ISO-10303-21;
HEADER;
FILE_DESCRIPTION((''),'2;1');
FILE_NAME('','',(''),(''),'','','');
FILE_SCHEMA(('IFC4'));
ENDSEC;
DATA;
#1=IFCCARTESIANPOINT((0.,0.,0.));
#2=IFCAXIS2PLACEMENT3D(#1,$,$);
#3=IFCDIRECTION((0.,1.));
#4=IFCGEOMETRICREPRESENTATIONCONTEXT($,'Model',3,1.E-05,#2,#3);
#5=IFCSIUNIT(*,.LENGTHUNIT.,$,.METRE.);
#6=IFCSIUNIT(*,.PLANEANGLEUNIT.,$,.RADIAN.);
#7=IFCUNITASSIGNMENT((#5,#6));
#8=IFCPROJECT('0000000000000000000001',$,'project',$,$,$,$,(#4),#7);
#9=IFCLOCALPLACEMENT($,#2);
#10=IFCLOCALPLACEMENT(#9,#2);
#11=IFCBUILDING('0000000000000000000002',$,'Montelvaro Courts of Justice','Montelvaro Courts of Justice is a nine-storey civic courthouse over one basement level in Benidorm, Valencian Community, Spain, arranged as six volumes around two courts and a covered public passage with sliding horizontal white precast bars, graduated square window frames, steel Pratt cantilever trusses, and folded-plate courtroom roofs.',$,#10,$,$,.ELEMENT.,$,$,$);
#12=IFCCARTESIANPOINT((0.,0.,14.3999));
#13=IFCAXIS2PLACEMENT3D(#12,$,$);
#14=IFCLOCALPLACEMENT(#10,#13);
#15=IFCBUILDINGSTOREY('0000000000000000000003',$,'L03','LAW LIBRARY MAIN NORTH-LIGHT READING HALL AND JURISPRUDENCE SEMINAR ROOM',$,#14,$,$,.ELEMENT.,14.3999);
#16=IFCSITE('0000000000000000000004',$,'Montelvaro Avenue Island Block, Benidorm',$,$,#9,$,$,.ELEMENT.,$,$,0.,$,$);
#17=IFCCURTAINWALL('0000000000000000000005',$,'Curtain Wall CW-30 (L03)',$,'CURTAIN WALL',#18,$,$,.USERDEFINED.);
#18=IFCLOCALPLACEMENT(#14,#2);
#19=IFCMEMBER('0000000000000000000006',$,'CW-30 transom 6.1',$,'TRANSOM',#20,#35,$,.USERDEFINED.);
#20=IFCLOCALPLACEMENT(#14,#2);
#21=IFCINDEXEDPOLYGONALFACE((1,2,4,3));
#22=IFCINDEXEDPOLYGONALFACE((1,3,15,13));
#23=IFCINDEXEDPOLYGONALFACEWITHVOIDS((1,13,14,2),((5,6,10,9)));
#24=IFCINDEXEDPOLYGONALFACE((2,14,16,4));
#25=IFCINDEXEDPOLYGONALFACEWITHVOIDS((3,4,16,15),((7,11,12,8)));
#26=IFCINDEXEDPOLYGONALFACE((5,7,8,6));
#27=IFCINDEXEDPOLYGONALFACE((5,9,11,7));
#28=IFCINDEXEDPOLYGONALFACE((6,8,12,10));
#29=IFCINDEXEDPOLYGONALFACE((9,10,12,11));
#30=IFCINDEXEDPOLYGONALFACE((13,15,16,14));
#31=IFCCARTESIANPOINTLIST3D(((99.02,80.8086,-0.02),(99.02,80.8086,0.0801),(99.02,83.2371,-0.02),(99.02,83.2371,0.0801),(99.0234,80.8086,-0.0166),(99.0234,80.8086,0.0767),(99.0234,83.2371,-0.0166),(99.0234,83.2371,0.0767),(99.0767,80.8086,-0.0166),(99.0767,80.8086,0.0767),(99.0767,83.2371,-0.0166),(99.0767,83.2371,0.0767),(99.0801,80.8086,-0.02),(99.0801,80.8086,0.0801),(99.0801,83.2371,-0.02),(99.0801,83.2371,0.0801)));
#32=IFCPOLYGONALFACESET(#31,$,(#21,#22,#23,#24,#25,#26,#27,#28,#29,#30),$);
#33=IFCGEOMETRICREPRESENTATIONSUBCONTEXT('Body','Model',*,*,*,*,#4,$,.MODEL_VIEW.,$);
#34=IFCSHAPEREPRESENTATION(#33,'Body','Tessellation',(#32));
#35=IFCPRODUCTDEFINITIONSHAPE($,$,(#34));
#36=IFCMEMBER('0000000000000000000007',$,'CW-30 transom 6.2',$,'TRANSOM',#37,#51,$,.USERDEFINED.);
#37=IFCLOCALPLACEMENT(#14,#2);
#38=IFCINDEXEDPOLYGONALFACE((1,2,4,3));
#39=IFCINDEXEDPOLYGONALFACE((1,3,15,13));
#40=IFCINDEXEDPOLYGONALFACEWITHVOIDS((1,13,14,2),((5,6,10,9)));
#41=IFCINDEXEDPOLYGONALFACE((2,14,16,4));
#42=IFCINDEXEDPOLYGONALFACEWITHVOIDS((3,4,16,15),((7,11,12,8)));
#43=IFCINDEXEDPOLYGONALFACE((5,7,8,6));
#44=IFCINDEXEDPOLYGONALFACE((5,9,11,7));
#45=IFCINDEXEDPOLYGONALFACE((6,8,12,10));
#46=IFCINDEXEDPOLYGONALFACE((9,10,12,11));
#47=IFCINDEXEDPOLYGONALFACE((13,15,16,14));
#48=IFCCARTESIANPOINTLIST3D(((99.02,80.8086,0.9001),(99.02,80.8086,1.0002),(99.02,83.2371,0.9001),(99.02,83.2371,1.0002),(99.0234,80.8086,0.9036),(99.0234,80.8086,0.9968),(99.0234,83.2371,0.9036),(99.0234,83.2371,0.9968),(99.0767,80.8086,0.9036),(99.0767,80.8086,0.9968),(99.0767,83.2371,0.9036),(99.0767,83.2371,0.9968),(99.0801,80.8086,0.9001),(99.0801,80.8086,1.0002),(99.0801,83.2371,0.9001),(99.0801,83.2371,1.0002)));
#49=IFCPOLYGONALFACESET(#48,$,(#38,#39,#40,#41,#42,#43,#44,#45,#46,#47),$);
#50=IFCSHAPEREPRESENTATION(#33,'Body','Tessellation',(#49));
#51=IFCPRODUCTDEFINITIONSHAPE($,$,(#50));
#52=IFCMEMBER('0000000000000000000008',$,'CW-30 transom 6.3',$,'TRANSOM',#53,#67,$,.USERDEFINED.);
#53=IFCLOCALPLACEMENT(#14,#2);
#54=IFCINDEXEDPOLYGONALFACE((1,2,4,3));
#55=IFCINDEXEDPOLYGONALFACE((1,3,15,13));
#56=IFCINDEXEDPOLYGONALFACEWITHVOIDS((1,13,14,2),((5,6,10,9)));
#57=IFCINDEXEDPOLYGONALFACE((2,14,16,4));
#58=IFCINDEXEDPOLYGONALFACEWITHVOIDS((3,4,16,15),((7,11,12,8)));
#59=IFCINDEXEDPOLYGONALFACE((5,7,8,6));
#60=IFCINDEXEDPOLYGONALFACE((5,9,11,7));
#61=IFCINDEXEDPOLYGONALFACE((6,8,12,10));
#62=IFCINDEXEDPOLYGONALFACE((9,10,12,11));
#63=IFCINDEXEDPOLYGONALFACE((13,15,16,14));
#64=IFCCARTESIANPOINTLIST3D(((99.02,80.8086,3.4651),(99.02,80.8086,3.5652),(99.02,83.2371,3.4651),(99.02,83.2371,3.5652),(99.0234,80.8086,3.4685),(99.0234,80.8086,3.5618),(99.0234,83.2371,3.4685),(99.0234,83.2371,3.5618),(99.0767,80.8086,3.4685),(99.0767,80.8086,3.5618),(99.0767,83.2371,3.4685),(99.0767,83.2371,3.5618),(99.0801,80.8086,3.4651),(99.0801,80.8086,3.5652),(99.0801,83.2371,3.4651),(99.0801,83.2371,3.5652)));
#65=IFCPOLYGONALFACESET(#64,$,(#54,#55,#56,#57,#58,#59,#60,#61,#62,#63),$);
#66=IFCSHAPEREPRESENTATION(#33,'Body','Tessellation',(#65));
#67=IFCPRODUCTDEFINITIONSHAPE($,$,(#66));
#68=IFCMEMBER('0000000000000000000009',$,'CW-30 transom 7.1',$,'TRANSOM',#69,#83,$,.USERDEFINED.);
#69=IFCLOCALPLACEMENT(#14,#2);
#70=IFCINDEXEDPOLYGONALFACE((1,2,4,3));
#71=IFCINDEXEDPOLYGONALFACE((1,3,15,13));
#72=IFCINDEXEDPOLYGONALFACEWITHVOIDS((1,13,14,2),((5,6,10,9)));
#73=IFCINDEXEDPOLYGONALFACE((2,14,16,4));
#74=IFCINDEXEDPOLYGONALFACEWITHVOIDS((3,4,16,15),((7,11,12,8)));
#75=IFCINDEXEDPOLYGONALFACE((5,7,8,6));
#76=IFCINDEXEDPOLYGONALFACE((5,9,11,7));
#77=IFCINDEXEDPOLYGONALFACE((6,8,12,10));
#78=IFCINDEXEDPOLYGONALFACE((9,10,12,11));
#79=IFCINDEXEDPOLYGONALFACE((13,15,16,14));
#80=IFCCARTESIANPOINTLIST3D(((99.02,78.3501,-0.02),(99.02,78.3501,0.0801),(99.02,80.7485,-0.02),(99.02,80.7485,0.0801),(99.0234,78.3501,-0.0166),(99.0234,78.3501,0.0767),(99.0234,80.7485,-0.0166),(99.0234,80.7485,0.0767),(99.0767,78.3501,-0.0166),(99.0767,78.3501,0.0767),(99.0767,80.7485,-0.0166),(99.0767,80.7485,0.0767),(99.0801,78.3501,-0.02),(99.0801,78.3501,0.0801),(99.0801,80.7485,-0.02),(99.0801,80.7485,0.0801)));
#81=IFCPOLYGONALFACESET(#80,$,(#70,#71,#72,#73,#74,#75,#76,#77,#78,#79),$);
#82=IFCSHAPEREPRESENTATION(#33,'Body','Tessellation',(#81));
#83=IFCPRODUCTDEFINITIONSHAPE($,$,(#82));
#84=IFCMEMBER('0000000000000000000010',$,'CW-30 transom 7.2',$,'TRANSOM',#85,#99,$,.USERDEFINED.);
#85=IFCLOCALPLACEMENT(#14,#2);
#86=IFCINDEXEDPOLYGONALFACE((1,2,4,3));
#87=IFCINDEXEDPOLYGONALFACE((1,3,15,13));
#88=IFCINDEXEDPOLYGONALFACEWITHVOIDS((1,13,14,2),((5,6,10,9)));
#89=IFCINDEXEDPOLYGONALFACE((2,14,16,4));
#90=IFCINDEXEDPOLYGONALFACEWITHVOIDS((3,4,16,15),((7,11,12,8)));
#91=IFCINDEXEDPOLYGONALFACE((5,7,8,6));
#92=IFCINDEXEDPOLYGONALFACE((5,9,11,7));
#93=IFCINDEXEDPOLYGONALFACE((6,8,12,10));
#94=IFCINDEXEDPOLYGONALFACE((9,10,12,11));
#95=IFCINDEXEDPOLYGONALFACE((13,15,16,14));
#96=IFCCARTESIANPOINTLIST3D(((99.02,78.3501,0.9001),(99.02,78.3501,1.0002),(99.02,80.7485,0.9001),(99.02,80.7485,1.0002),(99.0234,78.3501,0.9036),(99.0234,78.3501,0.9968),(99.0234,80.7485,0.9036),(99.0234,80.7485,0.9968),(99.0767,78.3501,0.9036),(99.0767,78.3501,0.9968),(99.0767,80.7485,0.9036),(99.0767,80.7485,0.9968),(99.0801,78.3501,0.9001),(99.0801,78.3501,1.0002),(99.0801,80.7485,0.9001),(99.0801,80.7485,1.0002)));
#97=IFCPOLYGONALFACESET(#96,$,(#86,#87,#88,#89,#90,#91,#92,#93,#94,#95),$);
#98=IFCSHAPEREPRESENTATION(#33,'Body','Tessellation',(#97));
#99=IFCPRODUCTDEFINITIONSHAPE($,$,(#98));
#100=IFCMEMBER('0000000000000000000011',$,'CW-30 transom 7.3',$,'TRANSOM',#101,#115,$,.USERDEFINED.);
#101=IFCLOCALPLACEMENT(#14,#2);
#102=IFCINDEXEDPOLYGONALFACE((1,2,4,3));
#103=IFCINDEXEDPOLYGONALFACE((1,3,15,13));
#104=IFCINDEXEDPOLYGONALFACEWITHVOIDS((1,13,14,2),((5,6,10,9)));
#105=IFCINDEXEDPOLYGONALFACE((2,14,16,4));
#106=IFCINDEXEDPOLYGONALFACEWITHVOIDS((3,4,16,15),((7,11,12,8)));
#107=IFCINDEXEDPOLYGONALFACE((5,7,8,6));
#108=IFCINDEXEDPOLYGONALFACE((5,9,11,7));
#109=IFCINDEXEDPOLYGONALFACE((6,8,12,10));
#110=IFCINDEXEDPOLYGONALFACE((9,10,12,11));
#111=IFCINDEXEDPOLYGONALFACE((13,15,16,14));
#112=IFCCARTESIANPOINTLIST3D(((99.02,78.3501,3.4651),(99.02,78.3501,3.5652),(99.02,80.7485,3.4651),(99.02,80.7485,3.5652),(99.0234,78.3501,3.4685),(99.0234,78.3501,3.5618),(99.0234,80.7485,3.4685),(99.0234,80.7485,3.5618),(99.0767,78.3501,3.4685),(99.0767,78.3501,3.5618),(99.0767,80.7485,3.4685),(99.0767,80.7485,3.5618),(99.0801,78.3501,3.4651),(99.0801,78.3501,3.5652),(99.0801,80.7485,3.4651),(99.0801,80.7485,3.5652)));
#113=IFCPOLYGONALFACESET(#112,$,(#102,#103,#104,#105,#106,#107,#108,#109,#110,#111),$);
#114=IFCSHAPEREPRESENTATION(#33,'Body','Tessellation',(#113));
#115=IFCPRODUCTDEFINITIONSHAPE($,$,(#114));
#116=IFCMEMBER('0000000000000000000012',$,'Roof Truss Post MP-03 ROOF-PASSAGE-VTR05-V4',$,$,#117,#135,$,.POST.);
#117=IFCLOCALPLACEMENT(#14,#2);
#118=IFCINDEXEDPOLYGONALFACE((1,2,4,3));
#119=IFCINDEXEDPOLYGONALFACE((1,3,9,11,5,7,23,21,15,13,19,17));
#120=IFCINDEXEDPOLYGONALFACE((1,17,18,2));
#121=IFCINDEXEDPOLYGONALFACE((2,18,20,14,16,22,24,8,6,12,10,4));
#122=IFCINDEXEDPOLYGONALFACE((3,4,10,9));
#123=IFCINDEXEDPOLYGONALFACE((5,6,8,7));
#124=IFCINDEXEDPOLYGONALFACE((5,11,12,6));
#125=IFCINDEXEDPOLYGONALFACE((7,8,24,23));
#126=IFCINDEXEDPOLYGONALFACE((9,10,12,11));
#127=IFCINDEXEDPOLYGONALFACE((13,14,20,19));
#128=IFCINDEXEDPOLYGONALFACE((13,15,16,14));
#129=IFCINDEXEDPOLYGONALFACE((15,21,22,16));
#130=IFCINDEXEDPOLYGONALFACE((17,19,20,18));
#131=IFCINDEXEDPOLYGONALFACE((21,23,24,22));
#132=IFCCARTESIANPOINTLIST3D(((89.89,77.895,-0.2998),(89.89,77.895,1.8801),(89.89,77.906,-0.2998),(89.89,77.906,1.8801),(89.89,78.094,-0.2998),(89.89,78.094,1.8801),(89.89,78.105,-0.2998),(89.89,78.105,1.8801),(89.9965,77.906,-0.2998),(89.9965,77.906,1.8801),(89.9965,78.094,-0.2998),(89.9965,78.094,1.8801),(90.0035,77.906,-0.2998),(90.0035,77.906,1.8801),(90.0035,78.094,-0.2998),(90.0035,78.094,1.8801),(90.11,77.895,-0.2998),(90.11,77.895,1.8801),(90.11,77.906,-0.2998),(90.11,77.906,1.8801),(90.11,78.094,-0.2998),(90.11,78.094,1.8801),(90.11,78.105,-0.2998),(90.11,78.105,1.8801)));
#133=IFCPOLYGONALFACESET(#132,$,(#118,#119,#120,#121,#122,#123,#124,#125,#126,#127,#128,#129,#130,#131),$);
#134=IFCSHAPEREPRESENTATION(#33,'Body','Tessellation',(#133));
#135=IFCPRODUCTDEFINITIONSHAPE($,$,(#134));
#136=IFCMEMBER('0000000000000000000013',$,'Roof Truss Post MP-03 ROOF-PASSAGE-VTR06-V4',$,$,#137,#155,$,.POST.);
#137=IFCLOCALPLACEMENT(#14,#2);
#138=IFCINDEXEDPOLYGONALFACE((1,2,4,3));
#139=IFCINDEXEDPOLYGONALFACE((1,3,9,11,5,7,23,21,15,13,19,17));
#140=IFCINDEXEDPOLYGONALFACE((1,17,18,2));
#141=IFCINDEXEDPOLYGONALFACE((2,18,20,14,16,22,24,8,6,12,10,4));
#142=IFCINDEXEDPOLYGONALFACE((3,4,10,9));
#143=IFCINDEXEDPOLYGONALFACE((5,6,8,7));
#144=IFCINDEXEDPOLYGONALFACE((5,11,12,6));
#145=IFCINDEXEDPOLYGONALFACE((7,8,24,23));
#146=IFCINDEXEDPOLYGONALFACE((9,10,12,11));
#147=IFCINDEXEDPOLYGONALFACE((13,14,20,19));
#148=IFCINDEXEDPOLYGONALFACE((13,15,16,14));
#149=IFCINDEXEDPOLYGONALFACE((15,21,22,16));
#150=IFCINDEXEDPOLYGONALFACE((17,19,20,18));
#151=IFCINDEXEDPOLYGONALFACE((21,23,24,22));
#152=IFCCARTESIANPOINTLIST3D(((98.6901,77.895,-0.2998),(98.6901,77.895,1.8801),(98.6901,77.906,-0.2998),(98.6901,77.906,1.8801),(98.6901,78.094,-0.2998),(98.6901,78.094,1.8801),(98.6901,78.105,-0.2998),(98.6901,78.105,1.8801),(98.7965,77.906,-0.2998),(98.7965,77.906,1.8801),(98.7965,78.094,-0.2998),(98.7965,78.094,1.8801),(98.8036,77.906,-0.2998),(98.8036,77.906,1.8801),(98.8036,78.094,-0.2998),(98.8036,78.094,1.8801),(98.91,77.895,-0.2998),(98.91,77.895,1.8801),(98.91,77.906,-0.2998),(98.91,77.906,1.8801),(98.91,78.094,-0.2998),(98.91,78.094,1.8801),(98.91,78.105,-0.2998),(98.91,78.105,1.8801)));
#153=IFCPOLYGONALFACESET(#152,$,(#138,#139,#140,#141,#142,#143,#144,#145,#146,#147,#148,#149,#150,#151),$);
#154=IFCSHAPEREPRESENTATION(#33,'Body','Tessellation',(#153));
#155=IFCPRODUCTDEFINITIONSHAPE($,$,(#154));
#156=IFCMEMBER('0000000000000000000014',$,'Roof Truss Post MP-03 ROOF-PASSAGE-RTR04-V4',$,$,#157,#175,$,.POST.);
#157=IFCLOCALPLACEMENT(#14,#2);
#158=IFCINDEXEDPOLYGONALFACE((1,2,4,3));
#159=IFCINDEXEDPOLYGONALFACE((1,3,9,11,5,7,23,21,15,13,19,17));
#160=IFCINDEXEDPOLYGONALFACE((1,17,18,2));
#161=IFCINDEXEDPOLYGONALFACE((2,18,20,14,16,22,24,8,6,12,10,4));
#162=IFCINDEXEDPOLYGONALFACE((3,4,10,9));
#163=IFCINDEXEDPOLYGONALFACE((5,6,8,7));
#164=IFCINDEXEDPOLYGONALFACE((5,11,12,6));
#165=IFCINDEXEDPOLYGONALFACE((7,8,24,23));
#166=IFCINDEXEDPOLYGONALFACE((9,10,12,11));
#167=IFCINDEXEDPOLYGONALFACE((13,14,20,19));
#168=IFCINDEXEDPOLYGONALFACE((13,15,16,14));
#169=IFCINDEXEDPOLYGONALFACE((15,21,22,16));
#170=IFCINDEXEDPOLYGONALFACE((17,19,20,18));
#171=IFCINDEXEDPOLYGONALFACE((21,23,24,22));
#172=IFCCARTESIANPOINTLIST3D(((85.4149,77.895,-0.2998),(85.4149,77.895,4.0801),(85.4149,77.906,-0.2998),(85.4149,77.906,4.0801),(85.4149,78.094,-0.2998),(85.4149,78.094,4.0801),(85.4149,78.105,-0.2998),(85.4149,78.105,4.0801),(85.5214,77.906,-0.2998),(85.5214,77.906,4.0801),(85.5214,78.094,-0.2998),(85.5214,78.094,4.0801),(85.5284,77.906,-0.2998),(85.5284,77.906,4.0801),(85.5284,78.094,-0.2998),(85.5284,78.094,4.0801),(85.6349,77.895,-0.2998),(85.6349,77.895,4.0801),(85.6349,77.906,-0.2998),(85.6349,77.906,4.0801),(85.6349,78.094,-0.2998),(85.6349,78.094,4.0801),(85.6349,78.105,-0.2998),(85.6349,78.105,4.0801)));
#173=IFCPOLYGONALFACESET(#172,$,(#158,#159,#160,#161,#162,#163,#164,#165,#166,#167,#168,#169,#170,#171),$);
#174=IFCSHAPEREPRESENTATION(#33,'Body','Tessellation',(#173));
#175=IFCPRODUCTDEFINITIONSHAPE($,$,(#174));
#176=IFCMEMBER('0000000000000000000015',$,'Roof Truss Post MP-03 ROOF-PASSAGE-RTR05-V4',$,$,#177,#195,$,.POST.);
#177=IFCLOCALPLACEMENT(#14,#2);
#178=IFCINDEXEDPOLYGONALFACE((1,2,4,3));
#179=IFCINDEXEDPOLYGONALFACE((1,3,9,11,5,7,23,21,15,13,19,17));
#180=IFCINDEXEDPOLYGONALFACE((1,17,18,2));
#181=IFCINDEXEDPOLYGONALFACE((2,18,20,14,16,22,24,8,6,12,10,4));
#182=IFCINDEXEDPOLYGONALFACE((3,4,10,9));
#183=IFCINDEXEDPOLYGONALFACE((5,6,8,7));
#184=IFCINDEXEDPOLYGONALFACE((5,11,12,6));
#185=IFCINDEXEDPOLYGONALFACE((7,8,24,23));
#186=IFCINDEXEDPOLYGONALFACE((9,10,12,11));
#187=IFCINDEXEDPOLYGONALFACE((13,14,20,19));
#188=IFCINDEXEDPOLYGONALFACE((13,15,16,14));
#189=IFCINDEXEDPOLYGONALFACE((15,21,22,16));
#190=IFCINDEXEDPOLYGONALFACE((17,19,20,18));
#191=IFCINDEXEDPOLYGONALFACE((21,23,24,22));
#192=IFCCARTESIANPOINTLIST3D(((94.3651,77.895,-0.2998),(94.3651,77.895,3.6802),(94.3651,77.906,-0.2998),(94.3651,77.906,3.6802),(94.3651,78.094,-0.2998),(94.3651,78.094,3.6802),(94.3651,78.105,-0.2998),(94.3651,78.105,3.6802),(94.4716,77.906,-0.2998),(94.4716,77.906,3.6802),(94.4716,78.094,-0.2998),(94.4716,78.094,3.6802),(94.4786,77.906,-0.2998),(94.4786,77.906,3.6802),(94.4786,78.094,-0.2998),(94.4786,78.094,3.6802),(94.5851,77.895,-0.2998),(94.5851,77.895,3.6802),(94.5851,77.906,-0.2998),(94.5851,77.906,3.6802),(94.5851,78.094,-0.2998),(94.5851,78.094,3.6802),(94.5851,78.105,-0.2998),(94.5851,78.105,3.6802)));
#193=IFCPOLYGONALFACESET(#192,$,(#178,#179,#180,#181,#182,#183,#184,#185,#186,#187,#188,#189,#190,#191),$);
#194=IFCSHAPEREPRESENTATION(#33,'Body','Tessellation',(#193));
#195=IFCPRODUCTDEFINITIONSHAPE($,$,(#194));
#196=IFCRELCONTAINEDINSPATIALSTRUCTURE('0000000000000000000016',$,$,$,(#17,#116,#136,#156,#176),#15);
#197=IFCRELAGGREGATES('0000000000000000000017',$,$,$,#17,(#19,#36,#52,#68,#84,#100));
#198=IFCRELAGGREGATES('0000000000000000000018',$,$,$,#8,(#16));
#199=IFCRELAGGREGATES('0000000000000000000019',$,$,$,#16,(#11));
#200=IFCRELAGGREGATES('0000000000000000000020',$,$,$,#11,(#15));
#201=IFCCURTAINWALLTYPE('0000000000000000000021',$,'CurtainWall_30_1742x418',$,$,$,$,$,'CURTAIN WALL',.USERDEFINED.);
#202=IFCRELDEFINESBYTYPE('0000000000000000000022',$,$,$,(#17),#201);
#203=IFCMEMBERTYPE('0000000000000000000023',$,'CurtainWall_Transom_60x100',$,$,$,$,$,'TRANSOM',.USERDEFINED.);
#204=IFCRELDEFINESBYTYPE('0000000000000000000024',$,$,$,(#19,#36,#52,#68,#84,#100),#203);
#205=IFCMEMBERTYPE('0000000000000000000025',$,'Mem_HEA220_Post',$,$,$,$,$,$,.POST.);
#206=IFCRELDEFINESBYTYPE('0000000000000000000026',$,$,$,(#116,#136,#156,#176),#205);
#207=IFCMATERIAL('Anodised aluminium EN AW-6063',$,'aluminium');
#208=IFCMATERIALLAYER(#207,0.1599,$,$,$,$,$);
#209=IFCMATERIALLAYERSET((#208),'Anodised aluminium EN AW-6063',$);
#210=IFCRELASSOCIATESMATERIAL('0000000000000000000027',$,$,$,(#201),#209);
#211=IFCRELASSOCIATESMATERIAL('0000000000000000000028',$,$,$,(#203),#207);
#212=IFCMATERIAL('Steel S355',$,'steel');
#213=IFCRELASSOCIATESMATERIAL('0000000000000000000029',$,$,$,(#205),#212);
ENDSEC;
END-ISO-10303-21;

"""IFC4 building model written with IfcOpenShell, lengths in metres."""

from ifc_helpers import new_model, si_unit, direction, frame, origin, origin_2d, place, context, subcontext, project, spatial, hollow_rectangle, i_section, extrude, material, layer, layer_set, material_profile, profile_set, type_object, element, aggregate, save


model = new_model("IFC4")

# Units and contexts
model_context = context("Model", 3, precision=1e-05, world=origin(), true_north=direction((0.0, 1.0)))
body_context = subcontext(model_context, "Body", "Model", "MODEL_VIEW")
ifc_project = project(units=[si_unit("LENGTHUNIT", "METRE"), si_unit("PLANEANGLEUNIT", "RADIAN")], contexts=[model_context])

# Site, building, storey
site_placement = place(None, origin())
site = spatial("IfcSite", under=ifc_project, at=site_placement, Name="Montelvaro Avenue Island Block, Benidorm", CompositionType="ELEMENT", RefElevation=0.0)
building_placement = place(site_placement, origin())
building = spatial("IfcBuilding", under=site, at=building_placement, Name="Montelvaro Courts of Justice", Description="Montelvaro Courts of Justice is a nine-storey civic courthouse over one basement level in Benidorm, Valencian Community, Spain, arranged as six volumes around two courts and a covered public passage with sliding horizontal white precast bars, graduated square window frames, steel Pratt cantilever trusses, and folded-plate courtroom roofs.", CompositionType="ELEMENT")
storey_placement = place(building_placement, frame((0.0, 0.0, 14.3999)))
storey = spatial("IfcBuildingStorey", under=building, at=storey_placement, Name="L03", Description="LAW LIBRARY MAIN NORTH-LIGHT READING HALL AND JURISPRUDENCE SEMINAR ROOM", CompositionType="ELEMENT", Elevation=14.3999)

# Shared definitions
ifc_material_1 = material(Name="Steel S355", Category="steel")

# Curtain wall, members
ifc_material_2 = material(Name="Anodised aluminium EN AW-6063", Category="aluminium")
ifc_layer_1 = layer(ifc_material_2, 0.1599)
ifc_layer_set_1 = layer_set([ifc_layer_1], Name="Anodised aluminium EN AW-6063")
curtain_wall_type = type_object("IfcCurtainWallType", Name="CurtainWall_30_1742x418", ElementType="CURTAIN WALL", PredefinedType="USERDEFINED", material=ifc_layer_set_1)
curtain_wall_placement = place(storey_placement, origin())
curtain_wall = element("IfcCurtainWall", 1, at=curtain_wall_placement, inside=storey, type_object=curtain_wall_type, Name="Curtain Wall CW-30 (L03)", ObjectType="CURTAIN WALL", PredefinedType="USERDEFINED")
ifc_material_profile_1 = material_profile(ifc_material_2, hollow_rectangle(XDim=0.0601, YDim=0.1001, WallThickness=0.0034, at=origin_2d()), Name="ALU-T 60x100")
ifc_profile_set_1 = profile_set([ifc_material_profile_1], Name="Anodised aluminium EN AW-6063")
member_type_1 = type_object("IfcMemberType", Name="CurtainWall_Transom_60x100", ElementType="TRANSOM", PredefinedType="USERDEFINED", material=ifc_profile_set_1)
member_1_placement = place(storey_placement, frame((99.05, 83.2371, 0.03), z_axis=(0.0, -1.0, 0.0), x_axis=(1.0, 0.0, 0.0)))
member_1 = element("IfcMember", 2, at=member_1_placement, type_object=member_type_1, Name="CW-30 transom 6.1", ObjectType="TRANSOM", PredefinedType="USERDEFINED", context=body_context, shape_type="SweptSolid", body=[
    extrude(hollow_rectangle(XDim=0.0601, YDim=0.1001, WallThickness=0.0034, at=origin_2d()), origin(), (0.0, 0.0, 1.0), 2.4285),
])
member_2_placement = place(storey_placement, frame((99.05, 83.2371, 0.9502), z_axis=(0.0, -1.0, 0.0), x_axis=(1.0, 0.0, 0.0)))
member_2 = element("IfcMember", 3, at=member_2_placement, type_object=member_type_1, Name="CW-30 transom 6.2", ObjectType="TRANSOM", PredefinedType="USERDEFINED", context=body_context, shape_type="SweptSolid", body=[
    extrude(hollow_rectangle(XDim=0.0601, YDim=0.1001, WallThickness=0.0034, at=origin_2d()), origin(), (0.0, 0.0, 1.0), 2.4285),
])
member_3_placement = place(storey_placement, frame((99.05, 83.2371, 3.5151), z_axis=(0.0, -1.0, 0.0), x_axis=(1.0, 0.0, 0.0)))
member_3 = element("IfcMember", 4, at=member_3_placement, type_object=member_type_1, Name="CW-30 transom 6.3", ObjectType="TRANSOM", PredefinedType="USERDEFINED", context=body_context, shape_type="SweptSolid", body=[
    extrude(hollow_rectangle(XDim=0.0601, YDim=0.1001, WallThickness=0.0034, at=origin_2d()), origin(), (0.0, 0.0, 1.0), 2.4285),
])
member_4_placement = place(storey_placement, frame((99.05, 80.7485, 0.03), z_axis=(0.0, -1.0, 0.0), x_axis=(1.0, 0.0, 0.0)))
member_4 = element("IfcMember", 5, at=member_4_placement, type_object=member_type_1, Name="CW-30 transom 7.1", ObjectType="TRANSOM", PredefinedType="USERDEFINED", context=body_context, shape_type="SweptSolid", body=[
    extrude(hollow_rectangle(XDim=0.0601, YDim=0.1001, WallThickness=0.0034, at=origin_2d()), origin(), (0.0, 0.0, 1.0), 2.3984),
])
member_5_placement = place(storey_placement, frame((99.05, 80.7485, 0.9502), z_axis=(0.0, -1.0, 0.0), x_axis=(1.0, 0.0, 0.0)))
member_5 = element("IfcMember", 6, at=member_5_placement, type_object=member_type_1, Name="CW-30 transom 7.2", ObjectType="TRANSOM", PredefinedType="USERDEFINED", context=body_context, shape_type="SweptSolid", body=[
    extrude(hollow_rectangle(XDim=0.0601, YDim=0.1001, WallThickness=0.0034, at=origin_2d()), origin(), (0.0, 0.0, 1.0), 2.3984),
])
member_6_placement = place(storey_placement, frame((99.05, 80.7485, 3.5151), z_axis=(0.0, -1.0, 0.0), x_axis=(1.0, 0.0, 0.0)))
member_6 = element("IfcMember", 7, at=member_6_placement, type_object=member_type_1, Name="CW-30 transom 7.3", ObjectType="TRANSOM", PredefinedType="USERDEFINED", context=body_context, shape_type="SweptSolid", body=[
    extrude(hollow_rectangle(XDim=0.0601, YDim=0.1001, WallThickness=0.0034, at=origin_2d()), origin(), (0.0, 0.0, 1.0), 2.3984),
])

# Members
ifc_material_profile_2 = material_profile(ifc_material_1, i_section(OverallWidth=0.22, OverallDepth=0.21, WebThickness=0.0071, FlangeThickness=0.011, at=origin_2d()), Name="HEA 220")
ifc_profile_set_2 = profile_set([ifc_material_profile_2], Name="Steel S355")
member_type_2 = type_object("IfcMemberType", Name="Mem_HEA220_Post", PredefinedType="POST", material=ifc_profile_set_2)
for number, where, z_axis, x_axis, name in (
    (8, (90.0, 78.0, -0.2998), (0.0, 0.0, 1.0), (1.0, 0.0, 0.0), "Roof Truss Post MP-03 ROOF-PASSAGE-VTR05-V4"),
    (9, (98.8, 78.0, -0.2998), (0.0, 0.0, 1.0), (1.0, 0.0, 0.0), "Roof Truss Post MP-03 ROOF-PASSAGE-VTR06-V4"),
):
    element("IfcMember", number, at=place(storey_placement, frame(where, z_axis=z_axis, x_axis=x_axis)), inside=storey, type_object=member_type_2, Name=name, PredefinedType="POST", context=body_context, shape_type="SweptSolid", body=[
        extrude(i_section(OverallWidth=0.22, OverallDepth=0.21, WebThickness=0.0071, FlangeThickness=0.011, at=origin_2d()), origin(), (0.0, 0.0, 1.0), 2.1799),
    ])
member_7_placement = place(storey_placement, frame((85.5249, 78.0, -0.2998), z_axis=(0.0, 0.0, 1.0), x_axis=(1.0, 0.0, 0.0)))
element("IfcMember", 10, at=member_7_placement, inside=storey, type_object=member_type_2, Name="Roof Truss Post MP-03 ROOF-PASSAGE-RTR04-V4", PredefinedType="POST", context=body_context, shape_type="SweptSolid", body=[
    extrude(i_section(OverallWidth=0.22, OverallDepth=0.21, WebThickness=0.0071, FlangeThickness=0.011, at=origin_2d()), origin(), (0.0, 0.0, 1.0), 4.3799),
])
member_8_placement = place(storey_placement, frame((94.4751, 78.0, -0.2998), z_axis=(0.0, 0.0, 1.0), x_axis=(1.0, 0.0, 0.0)))
element("IfcMember", 11, at=member_8_placement, inside=storey, type_object=member_type_2, Name="Roof Truss Post MP-03 ROOF-PASSAGE-RTR05-V4", PredefinedType="POST", context=body_context, shape_type="SweptSolid", body=[
    extrude(i_section(OverallWidth=0.22, OverallDepth=0.21, WebThickness=0.0071, FlangeThickness=0.011, at=origin_2d()), origin(), (0.0, 0.0, 1.0), 3.98),
])

aggregate(curtain_wall, [member_1, member_2, member_3, member_4, member_5, member_6])

save(model, "model.ifc")
